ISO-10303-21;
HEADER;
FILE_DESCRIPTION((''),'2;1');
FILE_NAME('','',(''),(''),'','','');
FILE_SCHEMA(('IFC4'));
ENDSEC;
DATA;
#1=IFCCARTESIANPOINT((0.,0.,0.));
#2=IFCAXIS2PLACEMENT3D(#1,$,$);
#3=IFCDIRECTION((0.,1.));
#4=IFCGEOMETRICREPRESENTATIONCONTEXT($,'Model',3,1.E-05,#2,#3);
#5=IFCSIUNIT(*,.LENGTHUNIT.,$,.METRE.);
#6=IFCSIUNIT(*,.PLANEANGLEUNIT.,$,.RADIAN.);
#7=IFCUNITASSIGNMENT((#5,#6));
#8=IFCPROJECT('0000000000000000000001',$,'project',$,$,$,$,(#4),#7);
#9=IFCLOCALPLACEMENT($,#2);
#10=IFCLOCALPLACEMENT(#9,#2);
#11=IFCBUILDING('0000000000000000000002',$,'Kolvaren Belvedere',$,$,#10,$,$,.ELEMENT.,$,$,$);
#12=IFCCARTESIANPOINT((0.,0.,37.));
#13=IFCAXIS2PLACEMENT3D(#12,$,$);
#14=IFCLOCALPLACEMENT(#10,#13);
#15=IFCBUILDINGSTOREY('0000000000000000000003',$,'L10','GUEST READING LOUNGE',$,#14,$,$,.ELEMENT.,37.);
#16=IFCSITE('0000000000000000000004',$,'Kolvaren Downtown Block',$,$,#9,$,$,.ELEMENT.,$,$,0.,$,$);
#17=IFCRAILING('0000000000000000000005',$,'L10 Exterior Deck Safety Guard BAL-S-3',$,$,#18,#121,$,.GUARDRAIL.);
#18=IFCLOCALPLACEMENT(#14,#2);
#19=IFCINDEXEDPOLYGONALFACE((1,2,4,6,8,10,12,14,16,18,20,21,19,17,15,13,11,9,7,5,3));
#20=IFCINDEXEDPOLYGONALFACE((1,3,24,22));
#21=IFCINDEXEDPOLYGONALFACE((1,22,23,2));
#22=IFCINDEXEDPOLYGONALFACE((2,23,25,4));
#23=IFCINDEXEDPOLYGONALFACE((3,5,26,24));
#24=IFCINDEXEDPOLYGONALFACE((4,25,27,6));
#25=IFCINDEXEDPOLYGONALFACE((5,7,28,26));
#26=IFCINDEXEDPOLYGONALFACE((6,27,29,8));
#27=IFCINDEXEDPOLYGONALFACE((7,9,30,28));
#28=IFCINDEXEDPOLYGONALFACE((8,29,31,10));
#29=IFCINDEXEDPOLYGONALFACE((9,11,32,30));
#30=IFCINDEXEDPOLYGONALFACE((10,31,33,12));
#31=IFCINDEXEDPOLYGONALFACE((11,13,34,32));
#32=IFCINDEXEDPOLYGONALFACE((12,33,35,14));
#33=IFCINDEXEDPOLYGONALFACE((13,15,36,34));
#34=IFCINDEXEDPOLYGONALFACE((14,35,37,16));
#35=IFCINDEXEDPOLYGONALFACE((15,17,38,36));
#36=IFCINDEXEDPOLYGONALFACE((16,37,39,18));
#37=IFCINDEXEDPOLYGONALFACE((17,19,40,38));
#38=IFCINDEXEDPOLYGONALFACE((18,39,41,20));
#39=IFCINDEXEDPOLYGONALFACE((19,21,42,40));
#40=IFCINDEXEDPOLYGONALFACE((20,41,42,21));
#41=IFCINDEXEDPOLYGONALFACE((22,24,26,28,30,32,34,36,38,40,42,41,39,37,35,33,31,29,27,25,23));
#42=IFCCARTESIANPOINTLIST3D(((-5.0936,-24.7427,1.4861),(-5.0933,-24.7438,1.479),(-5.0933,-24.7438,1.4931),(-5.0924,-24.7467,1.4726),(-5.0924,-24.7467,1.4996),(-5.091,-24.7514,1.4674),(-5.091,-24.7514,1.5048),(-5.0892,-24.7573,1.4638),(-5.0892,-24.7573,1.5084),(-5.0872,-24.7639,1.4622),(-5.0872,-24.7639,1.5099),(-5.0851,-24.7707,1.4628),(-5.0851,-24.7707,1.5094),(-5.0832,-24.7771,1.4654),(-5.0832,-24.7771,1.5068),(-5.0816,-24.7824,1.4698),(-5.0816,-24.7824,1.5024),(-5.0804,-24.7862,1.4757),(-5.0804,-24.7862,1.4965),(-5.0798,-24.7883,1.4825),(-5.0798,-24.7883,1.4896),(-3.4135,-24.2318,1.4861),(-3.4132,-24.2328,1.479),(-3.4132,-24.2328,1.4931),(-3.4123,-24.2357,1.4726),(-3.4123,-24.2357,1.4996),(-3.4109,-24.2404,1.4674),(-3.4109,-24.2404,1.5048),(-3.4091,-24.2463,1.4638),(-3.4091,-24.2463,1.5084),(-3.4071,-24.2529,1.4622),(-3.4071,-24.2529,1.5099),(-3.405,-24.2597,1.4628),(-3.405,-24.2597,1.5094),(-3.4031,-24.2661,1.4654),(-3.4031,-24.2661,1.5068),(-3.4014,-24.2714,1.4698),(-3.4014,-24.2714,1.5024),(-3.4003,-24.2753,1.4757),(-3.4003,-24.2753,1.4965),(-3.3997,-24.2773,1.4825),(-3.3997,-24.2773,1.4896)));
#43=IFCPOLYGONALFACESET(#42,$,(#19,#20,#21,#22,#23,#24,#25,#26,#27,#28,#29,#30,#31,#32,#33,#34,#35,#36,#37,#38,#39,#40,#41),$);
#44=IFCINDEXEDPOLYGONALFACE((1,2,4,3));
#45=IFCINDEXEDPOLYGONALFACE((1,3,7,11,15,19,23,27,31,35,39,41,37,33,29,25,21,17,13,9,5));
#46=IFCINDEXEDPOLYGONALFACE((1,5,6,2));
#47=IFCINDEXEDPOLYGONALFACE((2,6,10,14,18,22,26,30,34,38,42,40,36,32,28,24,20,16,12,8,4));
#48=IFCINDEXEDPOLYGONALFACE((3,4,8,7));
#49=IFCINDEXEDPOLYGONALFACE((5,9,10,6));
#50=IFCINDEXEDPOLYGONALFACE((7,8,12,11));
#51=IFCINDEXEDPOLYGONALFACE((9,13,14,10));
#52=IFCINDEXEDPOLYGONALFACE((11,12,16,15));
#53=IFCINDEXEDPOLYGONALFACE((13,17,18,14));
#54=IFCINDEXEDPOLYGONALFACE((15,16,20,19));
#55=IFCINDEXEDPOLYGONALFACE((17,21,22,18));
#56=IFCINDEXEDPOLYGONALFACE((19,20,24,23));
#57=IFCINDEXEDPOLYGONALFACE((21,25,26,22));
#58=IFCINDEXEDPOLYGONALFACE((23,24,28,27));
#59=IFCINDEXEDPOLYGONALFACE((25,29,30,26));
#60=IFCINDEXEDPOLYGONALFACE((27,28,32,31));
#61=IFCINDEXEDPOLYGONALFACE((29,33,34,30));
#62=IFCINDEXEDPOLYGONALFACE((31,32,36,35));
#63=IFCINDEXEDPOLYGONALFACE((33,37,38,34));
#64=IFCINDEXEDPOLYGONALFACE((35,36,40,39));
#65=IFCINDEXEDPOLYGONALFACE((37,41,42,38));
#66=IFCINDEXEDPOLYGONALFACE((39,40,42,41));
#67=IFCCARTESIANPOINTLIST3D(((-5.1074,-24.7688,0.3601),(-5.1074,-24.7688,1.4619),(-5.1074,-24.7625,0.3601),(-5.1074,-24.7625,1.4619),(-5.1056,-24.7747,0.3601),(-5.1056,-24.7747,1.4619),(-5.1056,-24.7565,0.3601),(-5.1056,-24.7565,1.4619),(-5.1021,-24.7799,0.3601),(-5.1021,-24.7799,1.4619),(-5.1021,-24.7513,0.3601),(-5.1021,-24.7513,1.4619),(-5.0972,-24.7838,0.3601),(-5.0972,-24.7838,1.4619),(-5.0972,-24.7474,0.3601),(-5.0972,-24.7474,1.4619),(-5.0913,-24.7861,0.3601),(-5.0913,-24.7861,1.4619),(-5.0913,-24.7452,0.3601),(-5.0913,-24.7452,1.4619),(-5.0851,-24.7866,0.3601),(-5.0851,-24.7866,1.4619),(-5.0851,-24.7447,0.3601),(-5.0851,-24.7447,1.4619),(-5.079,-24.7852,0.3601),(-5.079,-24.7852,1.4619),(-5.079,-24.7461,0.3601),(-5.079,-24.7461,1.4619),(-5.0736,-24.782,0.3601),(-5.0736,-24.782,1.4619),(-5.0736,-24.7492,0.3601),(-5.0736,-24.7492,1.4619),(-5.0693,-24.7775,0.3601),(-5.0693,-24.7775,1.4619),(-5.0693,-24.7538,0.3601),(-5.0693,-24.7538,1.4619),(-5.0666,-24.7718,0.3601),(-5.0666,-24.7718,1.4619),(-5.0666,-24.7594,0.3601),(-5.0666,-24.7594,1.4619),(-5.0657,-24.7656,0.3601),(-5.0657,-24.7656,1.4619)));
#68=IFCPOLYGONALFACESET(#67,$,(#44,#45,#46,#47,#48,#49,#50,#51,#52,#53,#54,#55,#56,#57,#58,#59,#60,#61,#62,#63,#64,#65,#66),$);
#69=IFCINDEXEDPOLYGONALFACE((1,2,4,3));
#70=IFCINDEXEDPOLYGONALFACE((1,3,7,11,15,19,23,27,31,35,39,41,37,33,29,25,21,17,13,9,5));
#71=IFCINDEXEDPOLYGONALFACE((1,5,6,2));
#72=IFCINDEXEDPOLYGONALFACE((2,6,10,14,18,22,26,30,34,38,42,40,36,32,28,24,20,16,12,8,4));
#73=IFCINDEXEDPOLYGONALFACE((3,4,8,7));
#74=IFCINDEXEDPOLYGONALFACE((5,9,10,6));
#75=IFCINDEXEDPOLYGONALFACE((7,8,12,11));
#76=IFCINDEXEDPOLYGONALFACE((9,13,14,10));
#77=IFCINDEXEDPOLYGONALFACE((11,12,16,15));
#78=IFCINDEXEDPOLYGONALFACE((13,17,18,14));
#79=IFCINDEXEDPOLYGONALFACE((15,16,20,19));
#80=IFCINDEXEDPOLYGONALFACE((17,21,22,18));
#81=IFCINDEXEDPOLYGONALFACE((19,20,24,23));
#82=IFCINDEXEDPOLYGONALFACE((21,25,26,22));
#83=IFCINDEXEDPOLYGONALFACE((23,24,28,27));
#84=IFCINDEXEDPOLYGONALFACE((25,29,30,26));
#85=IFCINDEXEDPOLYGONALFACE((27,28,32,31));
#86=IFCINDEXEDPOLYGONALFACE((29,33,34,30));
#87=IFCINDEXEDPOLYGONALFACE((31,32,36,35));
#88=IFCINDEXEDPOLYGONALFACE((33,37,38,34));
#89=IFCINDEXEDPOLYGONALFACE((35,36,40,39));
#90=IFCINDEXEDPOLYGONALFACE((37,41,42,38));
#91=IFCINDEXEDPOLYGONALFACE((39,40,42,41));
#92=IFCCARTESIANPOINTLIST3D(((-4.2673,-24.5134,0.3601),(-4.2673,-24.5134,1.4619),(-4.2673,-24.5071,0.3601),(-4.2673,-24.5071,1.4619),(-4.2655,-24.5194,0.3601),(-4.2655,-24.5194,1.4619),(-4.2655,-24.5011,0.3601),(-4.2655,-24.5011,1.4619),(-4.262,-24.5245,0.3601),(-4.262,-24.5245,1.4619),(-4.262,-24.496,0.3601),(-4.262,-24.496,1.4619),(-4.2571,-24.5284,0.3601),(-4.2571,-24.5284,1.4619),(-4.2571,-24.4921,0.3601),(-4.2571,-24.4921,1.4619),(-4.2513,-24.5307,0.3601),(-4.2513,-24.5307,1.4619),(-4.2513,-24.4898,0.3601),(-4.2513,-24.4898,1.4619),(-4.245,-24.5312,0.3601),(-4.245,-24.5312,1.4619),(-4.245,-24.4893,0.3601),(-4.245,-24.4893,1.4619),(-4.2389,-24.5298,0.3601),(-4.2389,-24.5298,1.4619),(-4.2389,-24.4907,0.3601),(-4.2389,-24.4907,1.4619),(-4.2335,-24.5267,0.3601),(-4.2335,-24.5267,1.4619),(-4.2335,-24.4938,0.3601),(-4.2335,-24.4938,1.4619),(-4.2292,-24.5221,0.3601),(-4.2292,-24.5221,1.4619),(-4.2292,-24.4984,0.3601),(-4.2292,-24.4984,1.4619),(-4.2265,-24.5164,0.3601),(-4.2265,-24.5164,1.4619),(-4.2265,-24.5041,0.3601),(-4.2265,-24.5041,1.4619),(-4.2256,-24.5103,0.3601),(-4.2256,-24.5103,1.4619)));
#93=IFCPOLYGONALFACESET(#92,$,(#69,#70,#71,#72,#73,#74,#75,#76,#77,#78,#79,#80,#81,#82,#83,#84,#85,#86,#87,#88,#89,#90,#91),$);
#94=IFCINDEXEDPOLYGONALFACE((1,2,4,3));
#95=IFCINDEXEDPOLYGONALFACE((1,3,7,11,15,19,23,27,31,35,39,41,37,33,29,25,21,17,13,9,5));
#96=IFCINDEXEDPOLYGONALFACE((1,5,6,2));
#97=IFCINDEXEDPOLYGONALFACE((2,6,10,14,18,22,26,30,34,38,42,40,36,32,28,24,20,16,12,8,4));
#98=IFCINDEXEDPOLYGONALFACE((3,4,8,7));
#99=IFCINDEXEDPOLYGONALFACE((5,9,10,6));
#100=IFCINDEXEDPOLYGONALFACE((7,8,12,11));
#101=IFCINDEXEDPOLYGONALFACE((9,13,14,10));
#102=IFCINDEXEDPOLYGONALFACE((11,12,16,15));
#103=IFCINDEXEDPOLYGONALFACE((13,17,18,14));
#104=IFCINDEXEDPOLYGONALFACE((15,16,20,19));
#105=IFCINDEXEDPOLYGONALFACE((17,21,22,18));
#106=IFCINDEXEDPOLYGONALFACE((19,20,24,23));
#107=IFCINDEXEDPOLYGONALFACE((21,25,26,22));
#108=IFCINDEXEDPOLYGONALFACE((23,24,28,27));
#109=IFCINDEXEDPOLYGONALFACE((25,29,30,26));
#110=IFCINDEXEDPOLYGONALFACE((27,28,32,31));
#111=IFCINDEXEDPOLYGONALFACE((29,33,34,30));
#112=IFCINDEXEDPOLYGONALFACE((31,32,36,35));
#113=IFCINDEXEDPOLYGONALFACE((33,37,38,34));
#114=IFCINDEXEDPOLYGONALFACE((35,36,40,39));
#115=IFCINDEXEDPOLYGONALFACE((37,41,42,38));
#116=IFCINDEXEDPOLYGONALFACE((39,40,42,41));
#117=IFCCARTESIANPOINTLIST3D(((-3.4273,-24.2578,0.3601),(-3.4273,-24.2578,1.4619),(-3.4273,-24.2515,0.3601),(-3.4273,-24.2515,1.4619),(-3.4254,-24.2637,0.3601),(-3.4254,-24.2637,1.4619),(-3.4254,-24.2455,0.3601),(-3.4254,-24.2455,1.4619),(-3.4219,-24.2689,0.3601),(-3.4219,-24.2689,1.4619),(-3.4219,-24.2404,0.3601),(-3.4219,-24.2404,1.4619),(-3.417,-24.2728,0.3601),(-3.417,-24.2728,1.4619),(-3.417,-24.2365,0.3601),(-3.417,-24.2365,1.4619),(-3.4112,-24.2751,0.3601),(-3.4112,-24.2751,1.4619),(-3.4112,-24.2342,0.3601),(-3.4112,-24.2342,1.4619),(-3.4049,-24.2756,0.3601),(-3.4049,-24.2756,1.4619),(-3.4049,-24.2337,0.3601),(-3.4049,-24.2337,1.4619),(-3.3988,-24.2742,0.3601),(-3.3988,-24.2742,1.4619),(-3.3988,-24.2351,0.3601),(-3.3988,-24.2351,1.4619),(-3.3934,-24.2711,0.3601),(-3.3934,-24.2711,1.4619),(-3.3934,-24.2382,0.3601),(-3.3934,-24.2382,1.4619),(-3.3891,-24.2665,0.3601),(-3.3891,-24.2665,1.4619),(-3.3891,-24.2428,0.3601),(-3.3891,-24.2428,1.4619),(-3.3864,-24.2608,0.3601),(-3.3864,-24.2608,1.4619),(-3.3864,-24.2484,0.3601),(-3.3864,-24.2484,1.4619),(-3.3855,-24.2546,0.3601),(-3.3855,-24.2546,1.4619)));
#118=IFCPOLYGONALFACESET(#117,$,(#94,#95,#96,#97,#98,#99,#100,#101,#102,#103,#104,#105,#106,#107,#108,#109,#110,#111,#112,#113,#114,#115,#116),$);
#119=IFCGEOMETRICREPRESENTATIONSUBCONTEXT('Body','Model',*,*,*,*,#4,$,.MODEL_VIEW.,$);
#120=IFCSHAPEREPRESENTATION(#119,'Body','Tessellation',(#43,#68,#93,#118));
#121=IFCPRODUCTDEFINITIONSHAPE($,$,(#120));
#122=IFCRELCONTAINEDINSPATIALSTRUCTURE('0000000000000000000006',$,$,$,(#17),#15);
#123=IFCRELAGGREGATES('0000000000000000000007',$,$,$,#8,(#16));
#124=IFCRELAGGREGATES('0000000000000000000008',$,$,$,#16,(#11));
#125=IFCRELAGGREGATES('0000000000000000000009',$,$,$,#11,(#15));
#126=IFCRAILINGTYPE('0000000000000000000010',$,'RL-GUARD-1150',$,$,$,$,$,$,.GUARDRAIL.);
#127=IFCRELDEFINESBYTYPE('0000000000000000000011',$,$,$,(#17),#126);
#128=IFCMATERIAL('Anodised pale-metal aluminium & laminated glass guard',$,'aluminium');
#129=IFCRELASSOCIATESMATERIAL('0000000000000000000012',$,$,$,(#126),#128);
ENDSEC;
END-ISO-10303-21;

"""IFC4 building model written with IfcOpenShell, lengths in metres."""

from ifc_helpers import new_model, si_unit, direction, frame, origin, origin_2d, place, context, subcontext, project, spatial, circle, extrude, material, type_object, element, save


model = new_model("IFC4")

# Units and contexts
model_context = context("Model", 3, precision=1e-05, world=origin(), true_north=direction((0.0, 1.0)))
body_context = subcontext(model_context, "Body", "Model", "MODEL_VIEW")
ifc_project = project(units=[si_unit("LENGTHUNIT", "METRE"), si_unit("PLANEANGLEUNIT", "RADIAN")], contexts=[model_context])

# Site, building, storey
site_placement = place(None, origin())
site = spatial("IfcSite", under=ifc_project, at=site_placement, Name="Kolvaren Downtown Block", CompositionType="ELEMENT", RefElevation=0.0)
building_placement = place(site_placement, origin())
building = spatial("IfcBuilding", under=site, at=building_placement, Name="Kolvaren Belvedere", CompositionType="ELEMENT")
storey_placement = place(building_placement, frame((0.0, 0.0, 37.0)))
storey = spatial("IfcBuildingStorey", under=building, at=storey_placement, Name="L10", Description="GUEST READING LOUNGE", CompositionType="ELEMENT", Elevation=37.0)

# Railing
ifc_material_1 = material(Name="Anodised pale-metal aluminium & laminated glass guard", Category="aluminium")
railing_type = type_object("IfcRailingType", Name="RL-GUARD-1150", PredefinedType="GUARDRAIL", material=ifc_material_1)
railing_1_placement = place(storey_placement, frame((-5.0867, -24.7656, 0.3601)))
element("IfcRailing", 1, at=railing_1_placement, inside=storey, type_object=railing_type, Name="L10 Exterior Deck Safety Guard BAL-S-3", PredefinedType="GUARDRAIL", context=body_context, shape_type="SweptSolid", body=[
    extrude(circle(Radius=0.0239, at=origin_2d()), frame((0.0, 0.0, 1.126), z_axis=(0.956733, 0.290968, 0.0), x_axis=(-0.290968, 0.956733, 0.0)), (0.0, 0.0, 1.0), 1.7561),
    extrude(circle(Radius=0.021, at=origin_2d()), origin(), (0.0, 0.0, 1.0), 1.1018),
    extrude(circle(Radius=0.021, at=origin_2d()), frame((0.8401, 0.2554, 0.0)), (0.0, 0.0, 1.0), 1.1018),
    extrude(circle(Radius=0.021, at=origin_2d()), frame((1.6802, 0.511, 0.0)), (0.0, 0.0, 1.0), 1.1018),
])

save(model, "model.ifc")
